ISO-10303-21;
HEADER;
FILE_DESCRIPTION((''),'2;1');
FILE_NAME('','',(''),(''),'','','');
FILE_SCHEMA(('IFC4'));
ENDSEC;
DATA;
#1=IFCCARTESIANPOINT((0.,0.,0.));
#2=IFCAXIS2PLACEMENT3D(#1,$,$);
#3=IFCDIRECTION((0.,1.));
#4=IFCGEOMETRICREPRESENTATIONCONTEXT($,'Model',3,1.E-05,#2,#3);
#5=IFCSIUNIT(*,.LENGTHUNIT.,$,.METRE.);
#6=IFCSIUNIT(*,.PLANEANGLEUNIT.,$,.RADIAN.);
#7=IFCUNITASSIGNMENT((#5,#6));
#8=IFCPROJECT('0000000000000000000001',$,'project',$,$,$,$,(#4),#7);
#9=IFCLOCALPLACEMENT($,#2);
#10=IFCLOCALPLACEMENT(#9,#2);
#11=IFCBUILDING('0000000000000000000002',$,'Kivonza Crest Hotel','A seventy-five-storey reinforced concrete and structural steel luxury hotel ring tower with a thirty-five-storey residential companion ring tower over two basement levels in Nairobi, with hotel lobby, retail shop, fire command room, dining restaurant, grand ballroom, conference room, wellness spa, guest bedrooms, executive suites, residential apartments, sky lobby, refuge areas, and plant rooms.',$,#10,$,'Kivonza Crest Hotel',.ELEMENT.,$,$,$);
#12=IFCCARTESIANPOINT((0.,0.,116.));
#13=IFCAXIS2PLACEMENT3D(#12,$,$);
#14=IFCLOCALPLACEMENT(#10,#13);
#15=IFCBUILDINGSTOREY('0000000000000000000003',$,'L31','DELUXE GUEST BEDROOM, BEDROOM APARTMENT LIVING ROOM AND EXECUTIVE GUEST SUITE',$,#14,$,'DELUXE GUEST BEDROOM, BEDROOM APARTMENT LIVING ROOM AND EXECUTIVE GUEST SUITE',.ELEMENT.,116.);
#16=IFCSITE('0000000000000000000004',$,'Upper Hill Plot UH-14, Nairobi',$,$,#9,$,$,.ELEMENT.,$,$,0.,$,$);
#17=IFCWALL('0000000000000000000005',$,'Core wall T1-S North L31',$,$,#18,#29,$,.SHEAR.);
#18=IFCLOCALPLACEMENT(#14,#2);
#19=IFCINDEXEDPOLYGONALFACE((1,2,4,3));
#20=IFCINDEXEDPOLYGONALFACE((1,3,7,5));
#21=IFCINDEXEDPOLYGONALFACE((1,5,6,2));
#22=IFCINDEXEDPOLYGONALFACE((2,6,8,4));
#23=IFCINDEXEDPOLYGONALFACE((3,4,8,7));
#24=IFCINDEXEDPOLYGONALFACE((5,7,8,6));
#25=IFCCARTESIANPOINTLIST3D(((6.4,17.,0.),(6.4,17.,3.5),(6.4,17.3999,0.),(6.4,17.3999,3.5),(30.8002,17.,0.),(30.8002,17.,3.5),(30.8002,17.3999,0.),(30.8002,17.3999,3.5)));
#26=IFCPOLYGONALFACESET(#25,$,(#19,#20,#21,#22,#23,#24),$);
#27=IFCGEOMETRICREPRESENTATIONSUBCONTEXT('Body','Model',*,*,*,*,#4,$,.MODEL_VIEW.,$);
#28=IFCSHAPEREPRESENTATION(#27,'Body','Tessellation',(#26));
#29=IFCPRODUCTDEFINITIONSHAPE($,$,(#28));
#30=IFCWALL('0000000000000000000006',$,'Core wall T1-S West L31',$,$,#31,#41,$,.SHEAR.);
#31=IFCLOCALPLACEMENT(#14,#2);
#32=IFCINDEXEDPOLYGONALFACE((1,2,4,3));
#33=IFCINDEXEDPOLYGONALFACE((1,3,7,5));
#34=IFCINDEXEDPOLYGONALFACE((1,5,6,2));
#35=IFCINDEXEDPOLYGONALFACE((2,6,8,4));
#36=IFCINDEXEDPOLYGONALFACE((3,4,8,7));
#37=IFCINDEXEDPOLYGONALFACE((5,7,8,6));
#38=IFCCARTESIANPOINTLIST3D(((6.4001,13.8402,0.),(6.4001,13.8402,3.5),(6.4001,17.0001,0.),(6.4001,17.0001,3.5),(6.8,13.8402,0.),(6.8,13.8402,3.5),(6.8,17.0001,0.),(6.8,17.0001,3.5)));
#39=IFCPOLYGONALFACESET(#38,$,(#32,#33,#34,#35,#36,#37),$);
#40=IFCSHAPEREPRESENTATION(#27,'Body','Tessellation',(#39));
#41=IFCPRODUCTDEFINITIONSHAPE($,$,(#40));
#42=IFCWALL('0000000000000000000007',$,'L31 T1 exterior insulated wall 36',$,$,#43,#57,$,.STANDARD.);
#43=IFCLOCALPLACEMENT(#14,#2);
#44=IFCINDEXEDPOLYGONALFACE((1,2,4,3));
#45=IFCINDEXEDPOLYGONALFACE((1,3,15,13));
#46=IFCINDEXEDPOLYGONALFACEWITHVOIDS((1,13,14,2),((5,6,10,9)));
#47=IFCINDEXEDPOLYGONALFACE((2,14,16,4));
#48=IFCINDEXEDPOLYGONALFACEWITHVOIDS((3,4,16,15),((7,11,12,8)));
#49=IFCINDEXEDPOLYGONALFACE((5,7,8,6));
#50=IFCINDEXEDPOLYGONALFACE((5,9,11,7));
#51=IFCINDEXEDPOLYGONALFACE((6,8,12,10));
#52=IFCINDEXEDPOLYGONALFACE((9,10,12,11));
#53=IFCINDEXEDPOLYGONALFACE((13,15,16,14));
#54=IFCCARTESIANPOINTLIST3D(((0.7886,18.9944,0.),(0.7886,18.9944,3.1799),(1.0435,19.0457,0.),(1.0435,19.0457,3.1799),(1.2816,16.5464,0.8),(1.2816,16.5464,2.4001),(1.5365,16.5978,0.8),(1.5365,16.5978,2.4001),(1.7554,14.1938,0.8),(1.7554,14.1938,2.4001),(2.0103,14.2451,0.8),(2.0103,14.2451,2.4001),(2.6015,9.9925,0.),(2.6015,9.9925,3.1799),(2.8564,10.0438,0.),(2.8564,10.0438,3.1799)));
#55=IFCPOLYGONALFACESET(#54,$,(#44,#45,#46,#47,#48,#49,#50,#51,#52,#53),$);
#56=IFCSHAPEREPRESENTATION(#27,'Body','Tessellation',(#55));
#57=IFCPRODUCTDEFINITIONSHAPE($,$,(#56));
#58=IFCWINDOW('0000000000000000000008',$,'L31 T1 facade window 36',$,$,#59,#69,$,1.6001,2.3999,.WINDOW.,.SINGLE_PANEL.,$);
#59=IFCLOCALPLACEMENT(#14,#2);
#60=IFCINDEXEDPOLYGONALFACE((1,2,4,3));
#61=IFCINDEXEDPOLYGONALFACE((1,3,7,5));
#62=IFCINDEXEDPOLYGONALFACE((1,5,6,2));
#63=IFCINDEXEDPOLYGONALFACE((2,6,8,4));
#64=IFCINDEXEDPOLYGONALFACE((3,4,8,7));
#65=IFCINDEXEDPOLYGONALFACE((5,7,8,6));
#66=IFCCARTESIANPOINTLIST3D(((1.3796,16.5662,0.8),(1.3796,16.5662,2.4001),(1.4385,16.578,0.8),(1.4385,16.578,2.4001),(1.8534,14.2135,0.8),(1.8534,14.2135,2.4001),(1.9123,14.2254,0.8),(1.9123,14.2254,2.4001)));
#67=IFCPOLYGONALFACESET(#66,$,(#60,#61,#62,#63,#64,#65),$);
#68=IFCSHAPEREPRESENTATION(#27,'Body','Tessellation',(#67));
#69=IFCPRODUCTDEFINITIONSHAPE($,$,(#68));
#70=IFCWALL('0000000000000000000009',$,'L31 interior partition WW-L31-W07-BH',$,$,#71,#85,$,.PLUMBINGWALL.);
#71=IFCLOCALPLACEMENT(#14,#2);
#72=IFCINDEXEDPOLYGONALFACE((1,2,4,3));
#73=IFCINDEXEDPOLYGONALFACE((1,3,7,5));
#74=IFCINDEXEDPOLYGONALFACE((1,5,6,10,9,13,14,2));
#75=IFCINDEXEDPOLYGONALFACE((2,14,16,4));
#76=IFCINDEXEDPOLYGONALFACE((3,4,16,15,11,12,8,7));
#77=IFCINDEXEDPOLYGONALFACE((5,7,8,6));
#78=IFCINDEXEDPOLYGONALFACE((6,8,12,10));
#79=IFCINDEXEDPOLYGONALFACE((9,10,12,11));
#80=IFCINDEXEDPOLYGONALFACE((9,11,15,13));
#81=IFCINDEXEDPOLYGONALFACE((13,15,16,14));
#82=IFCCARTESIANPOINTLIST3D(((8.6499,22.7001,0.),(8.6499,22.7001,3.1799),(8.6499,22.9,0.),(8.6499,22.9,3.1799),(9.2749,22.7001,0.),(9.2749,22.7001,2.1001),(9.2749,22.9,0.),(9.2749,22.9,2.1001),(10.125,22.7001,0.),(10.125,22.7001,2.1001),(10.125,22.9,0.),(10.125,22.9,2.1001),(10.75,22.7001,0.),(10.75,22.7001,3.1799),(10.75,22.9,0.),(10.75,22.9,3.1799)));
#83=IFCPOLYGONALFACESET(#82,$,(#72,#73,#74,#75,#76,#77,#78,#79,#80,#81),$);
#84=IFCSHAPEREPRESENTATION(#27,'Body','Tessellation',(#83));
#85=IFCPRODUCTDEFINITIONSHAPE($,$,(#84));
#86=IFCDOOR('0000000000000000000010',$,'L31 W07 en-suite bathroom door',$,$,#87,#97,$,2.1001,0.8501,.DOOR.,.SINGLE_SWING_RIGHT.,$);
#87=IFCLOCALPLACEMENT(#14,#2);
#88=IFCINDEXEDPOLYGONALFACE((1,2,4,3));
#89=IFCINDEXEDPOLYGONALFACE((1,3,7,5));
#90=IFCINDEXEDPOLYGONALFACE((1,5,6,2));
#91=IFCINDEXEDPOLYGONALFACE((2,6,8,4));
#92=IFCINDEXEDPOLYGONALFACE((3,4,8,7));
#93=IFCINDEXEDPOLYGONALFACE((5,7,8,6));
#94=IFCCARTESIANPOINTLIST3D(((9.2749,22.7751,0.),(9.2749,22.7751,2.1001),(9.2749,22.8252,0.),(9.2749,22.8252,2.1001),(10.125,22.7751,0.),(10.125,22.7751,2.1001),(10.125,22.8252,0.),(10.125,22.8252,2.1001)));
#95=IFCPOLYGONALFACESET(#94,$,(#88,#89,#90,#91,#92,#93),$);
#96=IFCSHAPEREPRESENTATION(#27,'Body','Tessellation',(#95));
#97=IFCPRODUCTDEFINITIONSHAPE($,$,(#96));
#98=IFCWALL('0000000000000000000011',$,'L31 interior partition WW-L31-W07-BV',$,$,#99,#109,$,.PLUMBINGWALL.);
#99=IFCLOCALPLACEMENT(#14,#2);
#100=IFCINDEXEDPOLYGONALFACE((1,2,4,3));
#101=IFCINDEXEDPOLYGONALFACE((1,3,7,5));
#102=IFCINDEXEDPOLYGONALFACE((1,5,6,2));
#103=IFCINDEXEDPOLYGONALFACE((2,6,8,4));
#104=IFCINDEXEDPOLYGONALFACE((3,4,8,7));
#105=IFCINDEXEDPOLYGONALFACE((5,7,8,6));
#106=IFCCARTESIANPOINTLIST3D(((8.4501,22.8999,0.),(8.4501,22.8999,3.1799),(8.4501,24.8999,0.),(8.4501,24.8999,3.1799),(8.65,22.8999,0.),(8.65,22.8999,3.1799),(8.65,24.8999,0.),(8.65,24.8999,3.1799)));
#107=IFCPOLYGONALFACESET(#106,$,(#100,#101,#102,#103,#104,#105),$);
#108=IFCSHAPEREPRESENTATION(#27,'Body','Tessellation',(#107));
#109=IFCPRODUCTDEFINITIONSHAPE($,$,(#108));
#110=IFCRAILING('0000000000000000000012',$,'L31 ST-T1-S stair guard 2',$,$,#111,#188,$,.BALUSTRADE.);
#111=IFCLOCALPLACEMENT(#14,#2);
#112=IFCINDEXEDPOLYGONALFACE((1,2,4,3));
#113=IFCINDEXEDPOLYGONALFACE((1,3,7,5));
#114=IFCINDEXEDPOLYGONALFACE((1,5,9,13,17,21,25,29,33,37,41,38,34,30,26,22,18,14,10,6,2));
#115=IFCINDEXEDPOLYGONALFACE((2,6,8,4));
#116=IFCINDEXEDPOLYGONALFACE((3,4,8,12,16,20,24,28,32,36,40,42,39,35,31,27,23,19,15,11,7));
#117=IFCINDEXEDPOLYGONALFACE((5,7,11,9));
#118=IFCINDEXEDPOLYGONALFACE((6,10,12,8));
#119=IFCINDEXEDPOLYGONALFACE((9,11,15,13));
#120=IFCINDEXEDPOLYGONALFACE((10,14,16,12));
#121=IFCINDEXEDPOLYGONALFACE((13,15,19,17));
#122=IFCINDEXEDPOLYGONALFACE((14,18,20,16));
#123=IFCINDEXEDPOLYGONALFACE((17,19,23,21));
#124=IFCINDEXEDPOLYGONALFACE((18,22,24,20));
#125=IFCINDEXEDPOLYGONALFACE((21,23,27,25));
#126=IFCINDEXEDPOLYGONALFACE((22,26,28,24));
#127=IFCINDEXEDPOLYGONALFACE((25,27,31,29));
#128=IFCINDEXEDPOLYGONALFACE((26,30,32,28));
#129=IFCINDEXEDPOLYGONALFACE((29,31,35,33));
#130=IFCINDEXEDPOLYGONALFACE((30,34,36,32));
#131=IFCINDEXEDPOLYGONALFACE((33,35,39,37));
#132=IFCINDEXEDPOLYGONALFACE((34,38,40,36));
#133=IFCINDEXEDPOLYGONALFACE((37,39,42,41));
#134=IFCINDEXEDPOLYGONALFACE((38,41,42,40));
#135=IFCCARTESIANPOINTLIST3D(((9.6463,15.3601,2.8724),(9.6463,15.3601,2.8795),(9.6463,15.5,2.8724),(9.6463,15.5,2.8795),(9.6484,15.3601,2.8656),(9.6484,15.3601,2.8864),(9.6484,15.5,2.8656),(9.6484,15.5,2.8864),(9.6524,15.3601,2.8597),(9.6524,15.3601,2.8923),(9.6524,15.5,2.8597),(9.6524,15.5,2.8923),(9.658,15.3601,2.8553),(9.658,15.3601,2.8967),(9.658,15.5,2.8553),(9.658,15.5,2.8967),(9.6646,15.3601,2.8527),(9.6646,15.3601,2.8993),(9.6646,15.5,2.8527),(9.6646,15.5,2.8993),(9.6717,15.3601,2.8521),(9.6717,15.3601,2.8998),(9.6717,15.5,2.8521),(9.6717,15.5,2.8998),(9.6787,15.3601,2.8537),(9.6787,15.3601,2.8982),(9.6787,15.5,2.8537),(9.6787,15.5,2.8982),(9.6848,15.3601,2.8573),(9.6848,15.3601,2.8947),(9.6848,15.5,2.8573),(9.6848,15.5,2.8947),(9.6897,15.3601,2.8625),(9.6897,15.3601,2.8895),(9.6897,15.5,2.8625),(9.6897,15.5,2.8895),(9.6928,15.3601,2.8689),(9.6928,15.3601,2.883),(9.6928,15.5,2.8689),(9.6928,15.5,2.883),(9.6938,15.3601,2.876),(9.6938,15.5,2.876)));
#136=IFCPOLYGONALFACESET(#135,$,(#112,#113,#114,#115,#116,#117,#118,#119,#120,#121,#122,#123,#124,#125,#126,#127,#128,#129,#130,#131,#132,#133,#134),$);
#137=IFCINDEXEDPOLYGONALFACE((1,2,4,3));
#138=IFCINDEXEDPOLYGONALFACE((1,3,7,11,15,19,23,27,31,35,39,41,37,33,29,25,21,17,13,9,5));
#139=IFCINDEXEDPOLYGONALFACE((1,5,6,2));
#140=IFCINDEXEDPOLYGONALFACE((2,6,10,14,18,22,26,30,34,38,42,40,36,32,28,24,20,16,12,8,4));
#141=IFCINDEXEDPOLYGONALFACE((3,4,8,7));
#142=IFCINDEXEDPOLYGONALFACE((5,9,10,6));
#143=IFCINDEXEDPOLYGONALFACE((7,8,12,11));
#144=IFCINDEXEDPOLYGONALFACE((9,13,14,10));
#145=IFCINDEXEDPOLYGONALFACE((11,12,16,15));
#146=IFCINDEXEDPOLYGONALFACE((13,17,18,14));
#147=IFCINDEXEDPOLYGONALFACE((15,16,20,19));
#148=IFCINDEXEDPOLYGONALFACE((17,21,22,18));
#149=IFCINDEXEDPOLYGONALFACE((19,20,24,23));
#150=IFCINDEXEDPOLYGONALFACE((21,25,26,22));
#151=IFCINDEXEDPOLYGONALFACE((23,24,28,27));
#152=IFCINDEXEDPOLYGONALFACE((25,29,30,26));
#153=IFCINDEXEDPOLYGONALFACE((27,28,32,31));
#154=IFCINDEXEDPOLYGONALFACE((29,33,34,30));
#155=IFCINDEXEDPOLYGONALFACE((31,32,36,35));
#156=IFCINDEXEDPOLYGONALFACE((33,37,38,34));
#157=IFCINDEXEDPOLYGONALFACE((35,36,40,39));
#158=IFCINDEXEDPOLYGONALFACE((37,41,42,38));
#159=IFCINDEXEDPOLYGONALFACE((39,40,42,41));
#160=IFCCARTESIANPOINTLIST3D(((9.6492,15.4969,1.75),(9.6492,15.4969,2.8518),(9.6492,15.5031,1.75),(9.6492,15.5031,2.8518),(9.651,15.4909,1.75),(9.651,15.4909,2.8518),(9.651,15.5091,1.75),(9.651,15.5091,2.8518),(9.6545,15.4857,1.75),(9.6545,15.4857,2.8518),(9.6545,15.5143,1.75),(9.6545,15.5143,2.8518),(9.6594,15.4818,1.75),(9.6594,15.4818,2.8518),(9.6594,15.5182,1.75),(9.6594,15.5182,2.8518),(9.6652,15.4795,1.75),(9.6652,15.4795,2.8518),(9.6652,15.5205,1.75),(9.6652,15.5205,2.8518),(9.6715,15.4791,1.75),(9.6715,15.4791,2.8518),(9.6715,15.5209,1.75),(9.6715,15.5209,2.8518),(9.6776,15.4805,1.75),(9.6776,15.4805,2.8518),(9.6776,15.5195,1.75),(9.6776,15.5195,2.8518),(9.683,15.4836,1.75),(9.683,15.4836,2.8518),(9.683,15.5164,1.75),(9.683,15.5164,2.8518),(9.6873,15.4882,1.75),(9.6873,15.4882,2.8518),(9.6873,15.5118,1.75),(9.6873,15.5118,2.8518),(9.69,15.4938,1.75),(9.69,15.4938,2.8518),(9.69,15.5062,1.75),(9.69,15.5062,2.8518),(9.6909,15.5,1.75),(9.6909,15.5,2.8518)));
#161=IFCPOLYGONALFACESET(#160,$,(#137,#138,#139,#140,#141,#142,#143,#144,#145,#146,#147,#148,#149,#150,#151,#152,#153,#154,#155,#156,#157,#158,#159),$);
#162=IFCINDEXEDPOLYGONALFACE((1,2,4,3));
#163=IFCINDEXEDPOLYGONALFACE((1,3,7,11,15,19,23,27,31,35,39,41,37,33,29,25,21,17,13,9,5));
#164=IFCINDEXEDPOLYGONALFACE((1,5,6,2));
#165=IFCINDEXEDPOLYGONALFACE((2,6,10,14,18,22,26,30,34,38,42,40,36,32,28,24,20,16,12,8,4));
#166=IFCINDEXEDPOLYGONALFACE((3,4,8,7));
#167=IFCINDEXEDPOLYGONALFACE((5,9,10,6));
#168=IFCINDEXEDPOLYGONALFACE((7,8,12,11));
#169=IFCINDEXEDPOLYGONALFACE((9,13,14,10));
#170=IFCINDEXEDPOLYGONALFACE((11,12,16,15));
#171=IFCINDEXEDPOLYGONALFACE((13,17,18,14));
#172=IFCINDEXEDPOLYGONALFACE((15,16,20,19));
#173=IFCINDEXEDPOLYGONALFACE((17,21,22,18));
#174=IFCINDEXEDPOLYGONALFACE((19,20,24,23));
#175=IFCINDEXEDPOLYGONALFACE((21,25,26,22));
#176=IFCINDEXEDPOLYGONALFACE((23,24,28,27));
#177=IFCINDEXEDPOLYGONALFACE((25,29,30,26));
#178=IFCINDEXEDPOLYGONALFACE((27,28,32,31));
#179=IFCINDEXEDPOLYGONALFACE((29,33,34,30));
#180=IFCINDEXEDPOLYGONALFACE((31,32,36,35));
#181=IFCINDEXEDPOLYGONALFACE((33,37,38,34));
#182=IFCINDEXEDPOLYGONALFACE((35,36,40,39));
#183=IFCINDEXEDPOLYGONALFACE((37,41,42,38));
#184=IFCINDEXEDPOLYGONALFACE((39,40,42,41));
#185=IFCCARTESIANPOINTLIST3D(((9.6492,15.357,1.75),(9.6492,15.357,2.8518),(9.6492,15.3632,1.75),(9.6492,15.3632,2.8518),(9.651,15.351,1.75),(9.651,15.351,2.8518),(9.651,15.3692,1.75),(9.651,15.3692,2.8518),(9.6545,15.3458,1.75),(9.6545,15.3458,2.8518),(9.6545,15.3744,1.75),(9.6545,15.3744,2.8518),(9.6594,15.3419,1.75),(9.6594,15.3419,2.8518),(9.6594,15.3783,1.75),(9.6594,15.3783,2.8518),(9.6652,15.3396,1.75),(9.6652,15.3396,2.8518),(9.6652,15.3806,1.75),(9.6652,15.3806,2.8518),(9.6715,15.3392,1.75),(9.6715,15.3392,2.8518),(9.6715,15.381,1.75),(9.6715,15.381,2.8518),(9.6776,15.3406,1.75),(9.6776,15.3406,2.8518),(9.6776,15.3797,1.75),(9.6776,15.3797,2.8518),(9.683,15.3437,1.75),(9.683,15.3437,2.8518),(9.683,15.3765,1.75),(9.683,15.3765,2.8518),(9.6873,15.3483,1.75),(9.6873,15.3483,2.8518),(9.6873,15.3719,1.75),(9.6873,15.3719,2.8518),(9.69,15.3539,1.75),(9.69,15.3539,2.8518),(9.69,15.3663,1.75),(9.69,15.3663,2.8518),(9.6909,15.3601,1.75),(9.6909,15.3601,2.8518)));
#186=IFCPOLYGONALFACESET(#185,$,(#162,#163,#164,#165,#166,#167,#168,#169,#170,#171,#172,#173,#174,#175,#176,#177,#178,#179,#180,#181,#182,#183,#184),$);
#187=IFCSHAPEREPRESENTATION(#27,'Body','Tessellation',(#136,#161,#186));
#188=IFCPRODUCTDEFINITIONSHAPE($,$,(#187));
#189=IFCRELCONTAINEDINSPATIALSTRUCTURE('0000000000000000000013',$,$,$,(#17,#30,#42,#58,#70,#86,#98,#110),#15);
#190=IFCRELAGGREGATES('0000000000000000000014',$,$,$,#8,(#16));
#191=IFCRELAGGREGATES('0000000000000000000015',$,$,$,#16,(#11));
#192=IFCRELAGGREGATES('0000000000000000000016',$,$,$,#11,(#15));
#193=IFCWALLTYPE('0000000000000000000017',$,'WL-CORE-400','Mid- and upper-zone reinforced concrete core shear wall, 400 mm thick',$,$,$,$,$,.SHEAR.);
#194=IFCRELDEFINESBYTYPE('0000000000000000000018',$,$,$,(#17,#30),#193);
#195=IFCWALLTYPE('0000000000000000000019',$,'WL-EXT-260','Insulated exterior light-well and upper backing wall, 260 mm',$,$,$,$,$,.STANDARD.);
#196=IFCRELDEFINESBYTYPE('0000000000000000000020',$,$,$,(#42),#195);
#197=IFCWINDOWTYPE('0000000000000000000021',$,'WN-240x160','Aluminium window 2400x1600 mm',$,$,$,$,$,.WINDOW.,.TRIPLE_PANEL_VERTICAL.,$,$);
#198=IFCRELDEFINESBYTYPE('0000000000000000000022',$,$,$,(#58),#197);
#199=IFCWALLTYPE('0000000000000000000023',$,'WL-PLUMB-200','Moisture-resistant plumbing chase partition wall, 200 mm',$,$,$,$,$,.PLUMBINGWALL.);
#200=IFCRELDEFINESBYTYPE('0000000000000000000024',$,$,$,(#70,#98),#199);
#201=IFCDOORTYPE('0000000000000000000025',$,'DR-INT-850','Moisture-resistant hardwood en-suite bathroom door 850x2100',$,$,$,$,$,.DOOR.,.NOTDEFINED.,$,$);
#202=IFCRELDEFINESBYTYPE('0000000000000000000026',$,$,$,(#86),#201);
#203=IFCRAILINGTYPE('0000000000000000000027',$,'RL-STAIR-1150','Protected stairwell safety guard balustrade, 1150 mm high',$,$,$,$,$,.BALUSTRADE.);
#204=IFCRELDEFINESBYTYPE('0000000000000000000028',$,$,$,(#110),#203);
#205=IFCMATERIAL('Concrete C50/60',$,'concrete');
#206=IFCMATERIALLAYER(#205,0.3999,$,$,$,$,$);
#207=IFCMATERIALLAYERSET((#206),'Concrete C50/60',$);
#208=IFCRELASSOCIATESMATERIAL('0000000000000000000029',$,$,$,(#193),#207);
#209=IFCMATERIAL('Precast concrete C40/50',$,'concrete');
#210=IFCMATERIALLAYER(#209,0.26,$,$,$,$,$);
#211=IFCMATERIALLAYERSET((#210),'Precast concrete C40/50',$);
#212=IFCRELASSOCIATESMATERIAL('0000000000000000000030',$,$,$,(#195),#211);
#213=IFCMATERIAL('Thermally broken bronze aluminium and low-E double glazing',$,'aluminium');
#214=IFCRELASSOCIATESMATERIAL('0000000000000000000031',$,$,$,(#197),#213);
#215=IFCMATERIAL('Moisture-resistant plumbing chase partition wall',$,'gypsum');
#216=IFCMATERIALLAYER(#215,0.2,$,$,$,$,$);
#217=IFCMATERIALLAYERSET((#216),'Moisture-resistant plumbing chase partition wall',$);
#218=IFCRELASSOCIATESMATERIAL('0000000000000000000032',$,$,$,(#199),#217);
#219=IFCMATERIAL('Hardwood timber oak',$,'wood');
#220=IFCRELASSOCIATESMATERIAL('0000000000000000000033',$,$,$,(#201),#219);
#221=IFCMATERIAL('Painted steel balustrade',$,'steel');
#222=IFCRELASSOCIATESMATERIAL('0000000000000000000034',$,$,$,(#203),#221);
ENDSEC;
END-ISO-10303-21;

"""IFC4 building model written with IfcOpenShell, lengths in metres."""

from ifc_helpers import new_model, si_unit, direction, frame, frame_2d, origin, origin_2d, place, context, subcontext, project, spatial, rectangle, circle, extrude, material, layer, layer_set, type_object, element, fill, save


model = new_model("IFC4")

# Units and contexts
model_context = context("Model", 3, precision=1e-05, world=origin(), true_north=direction((0.0, 1.0)))
body_context = subcontext(model_context, "Body", "Model", "MODEL_VIEW")
ifc_project = project(units=[si_unit("LENGTHUNIT", "METRE"), si_unit("PLANEANGLEUNIT", "RADIAN")], contexts=[model_context])

# Site, building, storey
site_placement = place(None, origin())
site = spatial("IfcSite", under=ifc_project, at=site_placement, Name="Upper Hill Plot UH-14, Nairobi", CompositionType="ELEMENT", RefElevation=0.0)
building_placement = place(site_placement, origin())
building = spatial("IfcBuilding", under=site, at=building_placement, Name="Kivonza Crest Hotel", Description="A seventy-five-storey reinforced concrete and structural steel luxury hotel ring tower with a thirty-five-storey residential companion ring tower over two basement levels in Nairobi, with hotel lobby, retail shop, fire command room, dining restaurant, grand ballroom, conference room, wellness spa, guest bedrooms, executive suites, residential apartments, sky lobby, refuge areas, and plant rooms.", LongName="Kivonza Crest Hotel", CompositionType="ELEMENT")
storey_placement = place(building_placement, frame((0.0, 0.0, 116.0)))
storey = spatial("IfcBuildingStorey", under=building, at=storey_placement, Name="L31", Description="DELUXE GUEST BEDROOM, BEDROOM APARTMENT LIVING ROOM AND EXECUTIVE GUEST SUITE", LongName="DELUXE GUEST BEDROOM, BEDROOM APARTMENT LIVING ROOM AND EXECUTIVE GUEST SUITE", CompositionType="ELEMENT", Elevation=116.0)

# Shared definitions
ifc_material_1 = material(Name="Concrete C50/60", Category="concrete")

# Shared definitions
ifc_layer_1 = layer(ifc_material_1, 0.3999)
ifc_layer_set_1 = layer_set([ifc_layer_1], Name="Concrete C50/60")
wall_type_1 = type_object("IfcWallType", Name="WL-CORE-400", Description="Mid- and upper-zone reinforced concrete core shear wall, 400 mm thick", PredefinedType="SHEAR", material=ifc_layer_set_1)
ifc_material_2 = material(Name="Hardwood timber oak", Category="wood")

# Walls
wall_1_placement = place(storey_placement, frame((6.3999, 17.2, 0.0), z_axis=(0.0, 0.0, 1.0), x_axis=(1.0, 0.0, 0.0)))
element("IfcWall", 1, at=wall_1_placement, inside=storey, type_object=wall_type_1, Name="Core wall T1-S North L31", PredefinedType="SHEAR", context=body_context, shape_type="SweptSolid", body=[
    extrude(rectangle(XDim=24.4001, YDim=0.3999, at=frame_2d((12.2002, 0.0))), origin(), (0.0, 0.0, 1.0), 3.5),
])
wall_2_placement = place(storey_placement, frame((6.6001, 13.8401, 0.0), z_axis=(0.0, 0.0, 1.0), x_axis=(0.0, 1.0, 0.0)))
element("IfcWall", 2, at=wall_2_placement, inside=storey, type_object=wall_type_1, Name="Core wall T1-S West L31", PredefinedType="SHEAR", context=body_context, shape_type="SweptSolid", body=[
    extrude(rectangle(XDim=3.1599, YDim=0.3999, at=frame_2d((1.5801, 0.0))), origin(), (0.0, 0.0, 1.0), 3.5),
])

# Wall, opening, window
ifc_material_3 = material(Name="Precast concrete C40/50", Category="concrete")
ifc_layer_2 = layer(ifc_material_3, 0.26)
ifc_layer_set_2 = layer_set([ifc_layer_2], Name="Precast concrete C40/50")
wall_type_2 = type_object("IfcWallType", Name="WL-EXT-260", Description="Insulated exterior light-well and upper backing wall, 260 mm", PredefinedType="STANDARD", material=ifc_layer_set_2)
wall_3_placement = place(storey_placement, frame((0.916, 19.02, 0.0), z_axis=(0.0, 0.0, 1.0), x_axis=(0.197435, -0.980316, 0.0)))
wall_3 = element("IfcWall", 3, at=wall_3_placement, inside=storey, type_object=wall_type_2, Name="L31 T1 exterior insulated wall 36", PredefinedType="STANDARD", context=body_context, shape_type="SweptSolid", body=[
    extrude(rectangle(XDim=9.1826, YDim=0.26, at=frame_2d((4.5913, 0.0))), origin(), (0.0, 0.0, 1.0), 3.1799),
])
opening_1_placement = place(wall_3_placement, frame((2.4971, 0.0, 0.8)))
opening_1 = element("IfcOpeningElement", 4, at=opening_1_placement, cuts=wall_3, PredefinedType="OPENING", context=body_context, shape_type="SweptSolid", body=[
    extrude(rectangle(XDim=2.3999, YDim=1.6001, at=frame_2d((1.2, 0.8))), frame((0.0, 0.1401, 0.0), z_axis=(0.0, -1.0, 0.0), x_axis=(1.0, 0.0, 0.0)), (0.0, 0.0, 1.0), 0.28),
])
ifc_material_4 = material(Name="Thermally broken bronze aluminium and low-E double glazing", Category="aluminium")
window_type = type_object("IfcWindowType", Name="WN-240x160", Description="Aluminium window 2400x1600 mm", PartitioningType="TRIPLE_PANEL_VERTICAL", PredefinedType="WINDOW", material=ifc_material_4)
window_placement = place(opening_1_placement, origin())
window = element("IfcWindow", 5, at=window_placement, inside=storey, type_object=window_type, Name="L31 T1 facade window 36", OverallHeight=1.6001, OverallWidth=2.3999, PartitioningType="SINGLE_PANEL", PredefinedType="WINDOW", context=body_context, shape_type="SweptSolid", body=[
    extrude(rectangle(XDim=2.3999, YDim=1.6001, at=frame_2d((1.2, 0.8))), frame((0.0, 0.03, 0.0), z_axis=(0.0, -1.0, 0.0), x_axis=(1.0, 0.0, 0.0)), (0.0, 0.0, 1.0), 0.0601),
])
fill(opening_1, window)

# Wall, opening, door
ifc_material_5 = material(Name="Moisture-resistant plumbing chase partition wall", Category="gypsum")
ifc_layer_3 = layer(ifc_material_5, 0.2)
ifc_layer_set_3 = layer_set([ifc_layer_3], Name="Moisture-resistant plumbing chase partition wall")
wall_type_3 = type_object("IfcWallType", Name="WL-PLUMB-200", Description="Moisture-resistant plumbing chase partition wall, 200 mm", PredefinedType="PLUMBINGWALL", material=ifc_layer_set_3)
wall_4_placement = place(storey_placement, frame((8.6499, 22.8, 0.0), z_axis=(0.0, 0.0, 1.0), x_axis=(1.0, 0.0, 0.0)))
wall_4 = element("IfcWall", 6, at=wall_4_placement, inside=storey, type_object=wall_type_3, Name="L31 interior partition WW-L31-W07-BH", PredefinedType="PLUMBINGWALL", context=body_context, shape_type="SweptSolid", body=[
    extrude(rectangle(XDim=2.1001, YDim=0.2, at=frame_2d((1.05, 0.0))), origin(), (0.0, 0.0, 1.0), 3.1799),
])
opening_2_placement = place(wall_4_placement, frame((0.625, 0.0, 0.0)))
opening_2 = element("IfcOpeningElement", 7, at=opening_2_placement, cuts=wall_4, PredefinedType="OPENING", context=body_context, shape_type="SweptSolid", body=[
    extrude(rectangle(XDim=0.8501, YDim=2.1001, at=frame_2d((0.425, 1.05))), frame((0.0, 0.1099, 0.0), z_axis=(0.0, -1.0, 0.0), x_axis=(1.0, 0.0, 0.0)), (0.0, 0.0, 1.0), 0.22),
])
door_type_1 = type_object("IfcDoorType", Name="DR-INT-850", Description="Moisture-resistant hardwood en-suite bathroom door 850x2100", OperationType="NOTDEFINED", PredefinedType="DOOR", material=ifc_material_2)
door_1_placement = place(opening_2_placement, frame((0.8501, 0.0, 0.0), z_axis=(0.0, 0.0, 1.0), x_axis=(-1.0, 0.0, 0.0)))
door_1 = element("IfcDoor", 8, at=door_1_placement, inside=storey, type_object=door_type_1, Name="L31 W07 en-suite bathroom door", OperationType="SINGLE_SWING_RIGHT", OverallHeight=2.1001, OverallWidth=0.8501, PredefinedType="DOOR", context=body_context, shape_type="SweptSolid", body=[
    extrude(rectangle(XDim=0.8501, YDim=2.1001, at=frame_2d((0.425, 1.05))), frame((0.0, 0.0249, 0.0), z_axis=(0.0, -1.0, 0.0), x_axis=(1.0, 0.0, 0.0)), (0.0, 0.0, 1.0), 0.05),
])
fill(opening_2, door_1)

# Wall
wall_5_placement = place(storey_placement, frame((8.55, 22.8999, 0.0), z_axis=(0.0, 0.0, 1.0), x_axis=(0.0, 1.0, 0.0)))
element("IfcWall", 9, at=wall_5_placement, inside=storey, type_object=wall_type_3, Name="L31 interior partition WW-L31-W07-BV", PredefinedType="PLUMBINGWALL", context=body_context, shape_type="SweptSolid", body=[
    extrude(rectangle(XDim=2.0, YDim=0.2, at=frame_2d((1.0, 0.0))), origin(), (0.0, 0.0, 1.0), 3.1799),
])

# Railing
ifc_material_6 = material(Name="Painted steel balustrade", Category="steel")
railing_type = type_object("IfcRailingType", Name="RL-STAIR-1150", Description="Protected stairwell safety guard balustrade, 1150 mm high", PredefinedType="BALUSTRADE", material=ifc_material_6)
railing_placement = place(storey_placement, frame((9.6699, 15.5, 1.75)))
element("IfcRailing", 10, at=railing_placement, inside=storey, type_object=railing_type, Name="L31 ST-T1-S stair guard 2", PredefinedType="BALUSTRADE", context=body_context, shape_type="SweptSolid", body=[
    extrude(circle(Radius=0.0239, at=origin_2d()), frame((0.0, 0.0, 1.126), z_axis=(0.0, -1.0, 0.0), x_axis=(1.0, 0.0, 0.0)), (0.0, 0.0, 1.0), 0.1399),
    extrude(circle(Radius=0.021, at=origin_2d()), origin(), (0.0, 0.0, 1.0), 1.1018),
    extrude(circle(Radius=0.021, at=origin_2d()), frame((0.0, -0.1399, 0.0)), (0.0, 0.0, 1.0), 1.1018),
])

save(model, "model.ifc")
